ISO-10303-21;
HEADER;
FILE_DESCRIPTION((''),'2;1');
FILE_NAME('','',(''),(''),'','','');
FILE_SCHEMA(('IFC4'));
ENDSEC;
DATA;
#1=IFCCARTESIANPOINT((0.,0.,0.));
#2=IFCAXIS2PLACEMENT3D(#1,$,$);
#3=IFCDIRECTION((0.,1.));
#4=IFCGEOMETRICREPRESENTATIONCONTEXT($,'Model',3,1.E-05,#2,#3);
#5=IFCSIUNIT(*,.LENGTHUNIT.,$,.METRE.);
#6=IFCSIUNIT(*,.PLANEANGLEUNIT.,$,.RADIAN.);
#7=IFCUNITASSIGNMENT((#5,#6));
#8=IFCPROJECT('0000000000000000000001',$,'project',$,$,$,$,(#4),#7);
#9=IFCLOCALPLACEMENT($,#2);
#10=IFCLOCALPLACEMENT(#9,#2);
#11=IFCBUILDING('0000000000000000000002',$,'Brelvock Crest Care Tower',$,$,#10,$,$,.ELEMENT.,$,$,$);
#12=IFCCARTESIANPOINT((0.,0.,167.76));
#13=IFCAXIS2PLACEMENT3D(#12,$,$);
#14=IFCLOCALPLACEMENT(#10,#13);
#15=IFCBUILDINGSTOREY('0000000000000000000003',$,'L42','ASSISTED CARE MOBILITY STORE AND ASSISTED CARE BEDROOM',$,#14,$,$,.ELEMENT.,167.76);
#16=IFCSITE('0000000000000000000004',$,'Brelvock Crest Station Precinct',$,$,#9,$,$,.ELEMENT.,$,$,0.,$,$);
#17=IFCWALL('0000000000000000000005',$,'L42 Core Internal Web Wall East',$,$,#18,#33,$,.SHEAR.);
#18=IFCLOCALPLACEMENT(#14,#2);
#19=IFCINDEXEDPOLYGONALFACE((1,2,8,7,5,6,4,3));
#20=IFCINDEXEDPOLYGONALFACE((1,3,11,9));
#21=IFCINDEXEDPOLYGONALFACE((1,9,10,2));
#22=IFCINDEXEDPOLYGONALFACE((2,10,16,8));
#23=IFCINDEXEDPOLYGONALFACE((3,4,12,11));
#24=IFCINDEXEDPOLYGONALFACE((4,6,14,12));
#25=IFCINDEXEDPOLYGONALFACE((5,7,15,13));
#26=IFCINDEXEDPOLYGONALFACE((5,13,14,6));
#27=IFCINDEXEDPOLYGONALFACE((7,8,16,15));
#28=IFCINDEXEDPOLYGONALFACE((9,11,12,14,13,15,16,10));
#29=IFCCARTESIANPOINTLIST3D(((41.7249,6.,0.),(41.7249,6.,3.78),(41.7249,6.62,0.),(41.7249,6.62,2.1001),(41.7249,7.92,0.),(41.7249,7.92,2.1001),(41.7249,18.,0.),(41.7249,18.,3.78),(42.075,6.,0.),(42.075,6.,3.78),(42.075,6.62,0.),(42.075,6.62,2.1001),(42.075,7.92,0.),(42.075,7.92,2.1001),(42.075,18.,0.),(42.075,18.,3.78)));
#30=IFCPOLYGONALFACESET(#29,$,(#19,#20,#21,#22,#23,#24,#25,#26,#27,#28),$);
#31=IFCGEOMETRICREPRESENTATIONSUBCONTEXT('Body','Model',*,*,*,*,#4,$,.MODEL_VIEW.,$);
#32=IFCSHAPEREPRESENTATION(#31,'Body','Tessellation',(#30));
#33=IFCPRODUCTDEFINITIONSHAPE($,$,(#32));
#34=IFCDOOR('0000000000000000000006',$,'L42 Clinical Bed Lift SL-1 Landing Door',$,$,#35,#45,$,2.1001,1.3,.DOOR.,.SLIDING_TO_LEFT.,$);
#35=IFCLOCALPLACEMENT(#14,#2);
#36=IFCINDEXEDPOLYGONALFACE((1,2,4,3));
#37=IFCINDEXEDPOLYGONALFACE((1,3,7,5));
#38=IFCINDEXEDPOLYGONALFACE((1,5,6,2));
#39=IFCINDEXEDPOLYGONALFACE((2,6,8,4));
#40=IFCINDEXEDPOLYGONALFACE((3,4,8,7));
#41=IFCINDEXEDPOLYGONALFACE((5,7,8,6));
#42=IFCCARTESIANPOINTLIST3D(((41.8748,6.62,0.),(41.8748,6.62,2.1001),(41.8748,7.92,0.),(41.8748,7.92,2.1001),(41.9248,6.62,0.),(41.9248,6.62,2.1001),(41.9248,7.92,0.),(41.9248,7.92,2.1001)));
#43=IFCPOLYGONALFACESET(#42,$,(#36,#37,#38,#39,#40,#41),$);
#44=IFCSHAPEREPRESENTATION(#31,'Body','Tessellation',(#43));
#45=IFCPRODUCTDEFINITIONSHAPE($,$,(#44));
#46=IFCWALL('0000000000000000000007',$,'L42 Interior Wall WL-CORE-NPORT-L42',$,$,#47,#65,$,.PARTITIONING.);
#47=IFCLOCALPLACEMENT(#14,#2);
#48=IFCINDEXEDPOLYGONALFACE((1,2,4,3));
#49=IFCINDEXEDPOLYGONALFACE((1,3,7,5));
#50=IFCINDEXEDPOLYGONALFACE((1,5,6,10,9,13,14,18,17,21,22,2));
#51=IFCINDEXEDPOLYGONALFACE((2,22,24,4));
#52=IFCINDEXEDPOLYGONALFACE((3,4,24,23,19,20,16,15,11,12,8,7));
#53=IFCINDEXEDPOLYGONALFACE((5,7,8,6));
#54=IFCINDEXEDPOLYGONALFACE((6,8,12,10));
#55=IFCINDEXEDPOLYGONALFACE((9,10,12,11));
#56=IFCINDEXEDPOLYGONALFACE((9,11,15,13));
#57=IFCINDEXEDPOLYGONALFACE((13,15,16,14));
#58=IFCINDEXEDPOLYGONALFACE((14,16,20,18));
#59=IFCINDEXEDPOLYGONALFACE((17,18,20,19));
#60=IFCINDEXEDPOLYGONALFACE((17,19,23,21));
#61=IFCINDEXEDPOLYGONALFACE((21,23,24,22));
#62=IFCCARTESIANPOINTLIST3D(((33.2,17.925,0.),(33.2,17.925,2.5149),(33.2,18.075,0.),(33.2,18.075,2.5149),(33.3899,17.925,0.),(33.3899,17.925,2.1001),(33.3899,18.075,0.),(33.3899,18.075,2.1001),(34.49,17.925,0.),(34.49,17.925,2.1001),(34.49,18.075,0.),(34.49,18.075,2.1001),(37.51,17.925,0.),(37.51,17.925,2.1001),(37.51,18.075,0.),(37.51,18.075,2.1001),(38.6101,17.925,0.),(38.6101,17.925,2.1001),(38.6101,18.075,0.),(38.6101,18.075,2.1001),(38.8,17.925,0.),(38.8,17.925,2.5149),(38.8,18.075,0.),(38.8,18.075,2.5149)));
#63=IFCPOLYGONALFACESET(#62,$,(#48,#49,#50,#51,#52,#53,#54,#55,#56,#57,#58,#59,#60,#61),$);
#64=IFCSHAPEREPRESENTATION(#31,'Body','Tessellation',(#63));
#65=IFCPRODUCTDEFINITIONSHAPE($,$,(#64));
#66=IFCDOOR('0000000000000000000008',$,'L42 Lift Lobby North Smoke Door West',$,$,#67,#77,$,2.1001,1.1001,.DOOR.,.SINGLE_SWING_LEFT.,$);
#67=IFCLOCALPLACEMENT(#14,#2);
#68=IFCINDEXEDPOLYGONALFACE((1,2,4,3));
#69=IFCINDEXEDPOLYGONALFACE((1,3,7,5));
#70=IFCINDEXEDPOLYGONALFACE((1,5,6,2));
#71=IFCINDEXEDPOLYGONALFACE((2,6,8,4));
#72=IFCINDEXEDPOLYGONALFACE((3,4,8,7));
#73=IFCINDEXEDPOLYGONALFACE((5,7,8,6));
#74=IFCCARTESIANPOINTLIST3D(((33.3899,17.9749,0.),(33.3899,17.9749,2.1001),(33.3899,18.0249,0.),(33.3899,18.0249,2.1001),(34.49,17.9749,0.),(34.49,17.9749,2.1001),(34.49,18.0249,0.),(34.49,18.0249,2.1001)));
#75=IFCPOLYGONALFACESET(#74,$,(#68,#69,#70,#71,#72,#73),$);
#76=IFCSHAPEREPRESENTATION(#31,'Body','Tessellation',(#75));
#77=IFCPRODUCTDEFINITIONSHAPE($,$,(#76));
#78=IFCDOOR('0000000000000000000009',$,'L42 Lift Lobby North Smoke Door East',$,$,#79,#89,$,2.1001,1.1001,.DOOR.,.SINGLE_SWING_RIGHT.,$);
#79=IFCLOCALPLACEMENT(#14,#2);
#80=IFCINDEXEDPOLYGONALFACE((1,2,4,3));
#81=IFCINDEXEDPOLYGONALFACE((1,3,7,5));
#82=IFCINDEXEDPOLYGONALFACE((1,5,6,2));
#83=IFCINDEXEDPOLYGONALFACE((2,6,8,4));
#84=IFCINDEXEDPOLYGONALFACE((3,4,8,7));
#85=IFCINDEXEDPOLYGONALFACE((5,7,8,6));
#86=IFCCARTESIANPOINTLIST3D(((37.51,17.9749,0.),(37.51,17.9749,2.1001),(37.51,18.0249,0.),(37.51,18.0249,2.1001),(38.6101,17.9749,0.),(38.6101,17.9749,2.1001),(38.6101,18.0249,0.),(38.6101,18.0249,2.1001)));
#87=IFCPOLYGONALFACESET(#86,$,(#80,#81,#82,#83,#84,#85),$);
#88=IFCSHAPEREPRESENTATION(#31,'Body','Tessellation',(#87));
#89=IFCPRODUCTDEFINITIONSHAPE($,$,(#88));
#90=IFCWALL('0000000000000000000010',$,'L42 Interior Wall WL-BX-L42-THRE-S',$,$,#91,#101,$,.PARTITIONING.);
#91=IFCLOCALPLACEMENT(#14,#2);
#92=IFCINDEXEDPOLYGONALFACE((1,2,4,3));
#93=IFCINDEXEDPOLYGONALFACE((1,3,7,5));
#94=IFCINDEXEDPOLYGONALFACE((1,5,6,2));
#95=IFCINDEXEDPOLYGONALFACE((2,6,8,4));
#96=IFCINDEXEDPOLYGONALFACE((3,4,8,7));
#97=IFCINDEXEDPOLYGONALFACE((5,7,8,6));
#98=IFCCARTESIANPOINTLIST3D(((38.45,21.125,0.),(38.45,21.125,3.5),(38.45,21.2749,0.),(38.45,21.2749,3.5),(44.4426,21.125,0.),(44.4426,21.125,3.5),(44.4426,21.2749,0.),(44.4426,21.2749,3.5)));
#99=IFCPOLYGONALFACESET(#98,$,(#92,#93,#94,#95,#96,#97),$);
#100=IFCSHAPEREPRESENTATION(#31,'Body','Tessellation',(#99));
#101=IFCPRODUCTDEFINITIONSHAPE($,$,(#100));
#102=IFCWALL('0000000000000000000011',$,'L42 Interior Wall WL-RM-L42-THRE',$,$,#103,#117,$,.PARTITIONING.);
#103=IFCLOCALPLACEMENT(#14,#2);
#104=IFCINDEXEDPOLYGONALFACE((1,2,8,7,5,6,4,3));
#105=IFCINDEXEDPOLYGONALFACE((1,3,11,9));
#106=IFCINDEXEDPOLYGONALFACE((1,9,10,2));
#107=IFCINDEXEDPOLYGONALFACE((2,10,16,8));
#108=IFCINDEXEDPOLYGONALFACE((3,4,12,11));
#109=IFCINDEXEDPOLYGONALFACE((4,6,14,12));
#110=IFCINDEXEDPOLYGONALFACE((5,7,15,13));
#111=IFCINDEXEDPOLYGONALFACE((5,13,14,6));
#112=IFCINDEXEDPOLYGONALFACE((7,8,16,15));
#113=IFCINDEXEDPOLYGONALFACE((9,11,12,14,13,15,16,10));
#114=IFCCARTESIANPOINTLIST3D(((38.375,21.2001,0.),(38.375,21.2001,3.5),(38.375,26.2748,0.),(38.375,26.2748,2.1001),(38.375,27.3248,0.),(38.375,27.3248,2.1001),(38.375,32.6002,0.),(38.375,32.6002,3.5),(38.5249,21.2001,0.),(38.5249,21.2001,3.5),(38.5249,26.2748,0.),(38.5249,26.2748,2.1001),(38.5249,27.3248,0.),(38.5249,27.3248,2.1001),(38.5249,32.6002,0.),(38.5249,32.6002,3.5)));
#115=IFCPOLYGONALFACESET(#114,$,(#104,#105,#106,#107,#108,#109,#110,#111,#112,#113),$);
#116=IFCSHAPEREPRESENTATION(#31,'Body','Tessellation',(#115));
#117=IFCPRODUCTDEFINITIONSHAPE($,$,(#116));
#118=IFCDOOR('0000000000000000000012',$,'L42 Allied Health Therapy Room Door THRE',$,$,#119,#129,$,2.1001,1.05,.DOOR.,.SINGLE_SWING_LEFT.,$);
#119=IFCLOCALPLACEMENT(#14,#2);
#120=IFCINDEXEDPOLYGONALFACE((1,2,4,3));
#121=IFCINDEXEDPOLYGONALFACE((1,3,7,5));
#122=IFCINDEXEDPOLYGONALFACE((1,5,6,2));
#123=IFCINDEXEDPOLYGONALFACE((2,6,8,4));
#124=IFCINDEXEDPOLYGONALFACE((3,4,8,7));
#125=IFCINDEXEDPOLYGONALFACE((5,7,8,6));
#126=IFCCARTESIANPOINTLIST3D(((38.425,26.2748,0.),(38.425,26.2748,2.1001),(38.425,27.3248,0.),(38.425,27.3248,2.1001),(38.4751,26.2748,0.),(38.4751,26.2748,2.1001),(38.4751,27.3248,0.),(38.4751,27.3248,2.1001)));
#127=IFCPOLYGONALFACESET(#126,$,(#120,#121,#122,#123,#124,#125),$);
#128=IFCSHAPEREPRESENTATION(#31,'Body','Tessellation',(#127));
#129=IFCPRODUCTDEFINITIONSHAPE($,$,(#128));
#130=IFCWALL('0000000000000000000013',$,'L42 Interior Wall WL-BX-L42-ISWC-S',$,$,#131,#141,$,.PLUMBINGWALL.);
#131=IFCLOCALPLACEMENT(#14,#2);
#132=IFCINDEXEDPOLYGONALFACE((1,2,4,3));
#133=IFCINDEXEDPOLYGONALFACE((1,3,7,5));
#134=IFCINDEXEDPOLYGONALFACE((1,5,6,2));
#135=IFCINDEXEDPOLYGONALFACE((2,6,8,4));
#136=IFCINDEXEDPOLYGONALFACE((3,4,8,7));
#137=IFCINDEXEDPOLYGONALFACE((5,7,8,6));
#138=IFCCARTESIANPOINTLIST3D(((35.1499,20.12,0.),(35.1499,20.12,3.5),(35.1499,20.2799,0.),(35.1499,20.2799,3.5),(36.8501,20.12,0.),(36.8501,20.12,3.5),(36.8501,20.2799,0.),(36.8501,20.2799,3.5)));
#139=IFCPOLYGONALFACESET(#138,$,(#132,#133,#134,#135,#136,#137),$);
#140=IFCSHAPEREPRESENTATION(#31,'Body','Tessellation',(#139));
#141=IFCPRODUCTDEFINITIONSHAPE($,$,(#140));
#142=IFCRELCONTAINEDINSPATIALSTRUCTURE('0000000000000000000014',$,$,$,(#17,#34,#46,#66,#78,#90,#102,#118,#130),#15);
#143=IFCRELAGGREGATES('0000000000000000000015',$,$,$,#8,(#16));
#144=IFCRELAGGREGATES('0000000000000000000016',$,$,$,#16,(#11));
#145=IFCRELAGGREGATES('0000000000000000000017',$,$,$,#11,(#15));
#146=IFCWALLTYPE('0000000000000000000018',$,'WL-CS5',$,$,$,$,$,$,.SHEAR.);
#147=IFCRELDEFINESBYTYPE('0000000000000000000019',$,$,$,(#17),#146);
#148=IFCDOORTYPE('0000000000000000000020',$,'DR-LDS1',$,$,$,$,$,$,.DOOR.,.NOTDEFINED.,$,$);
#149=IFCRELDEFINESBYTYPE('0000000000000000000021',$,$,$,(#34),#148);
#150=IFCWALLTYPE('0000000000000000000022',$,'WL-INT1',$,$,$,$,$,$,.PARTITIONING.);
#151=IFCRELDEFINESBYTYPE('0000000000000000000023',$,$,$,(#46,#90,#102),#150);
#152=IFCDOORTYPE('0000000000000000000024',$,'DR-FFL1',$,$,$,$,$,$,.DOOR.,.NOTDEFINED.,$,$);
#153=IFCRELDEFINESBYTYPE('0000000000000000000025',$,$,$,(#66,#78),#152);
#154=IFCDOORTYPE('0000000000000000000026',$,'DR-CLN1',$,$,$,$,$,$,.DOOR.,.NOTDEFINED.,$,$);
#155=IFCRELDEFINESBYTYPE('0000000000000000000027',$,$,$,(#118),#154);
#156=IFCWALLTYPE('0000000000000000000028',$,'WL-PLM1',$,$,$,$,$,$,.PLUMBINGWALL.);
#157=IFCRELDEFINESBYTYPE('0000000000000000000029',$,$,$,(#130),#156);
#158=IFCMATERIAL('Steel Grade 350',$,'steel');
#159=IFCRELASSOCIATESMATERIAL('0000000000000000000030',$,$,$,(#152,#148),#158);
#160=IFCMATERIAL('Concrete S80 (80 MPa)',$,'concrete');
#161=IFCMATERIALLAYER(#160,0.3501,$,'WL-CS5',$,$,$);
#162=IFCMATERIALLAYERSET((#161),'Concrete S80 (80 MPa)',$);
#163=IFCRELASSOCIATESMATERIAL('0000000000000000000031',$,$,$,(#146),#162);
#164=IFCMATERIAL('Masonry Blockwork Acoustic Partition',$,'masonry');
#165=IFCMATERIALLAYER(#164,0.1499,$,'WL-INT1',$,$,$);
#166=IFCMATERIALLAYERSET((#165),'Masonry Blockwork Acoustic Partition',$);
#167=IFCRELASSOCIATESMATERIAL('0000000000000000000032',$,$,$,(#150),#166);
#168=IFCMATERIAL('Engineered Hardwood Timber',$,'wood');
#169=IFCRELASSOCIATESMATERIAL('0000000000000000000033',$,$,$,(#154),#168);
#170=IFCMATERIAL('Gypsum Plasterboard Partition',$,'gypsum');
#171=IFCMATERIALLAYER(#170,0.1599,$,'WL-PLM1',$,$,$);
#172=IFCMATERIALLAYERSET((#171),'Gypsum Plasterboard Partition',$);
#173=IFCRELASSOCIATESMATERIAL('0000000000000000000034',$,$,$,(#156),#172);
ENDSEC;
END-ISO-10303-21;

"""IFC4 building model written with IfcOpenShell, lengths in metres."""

from ifc_helpers import new_model, si_unit, direction, frame, frame_2d, origin, origin_2d, place, context, subcontext, project, spatial, rectangle, extrude, source, transform, mapped, material, layer, layer_set, type_object, element, fill, save


model = new_model("IFC4")

# Units and contexts
model_context = context("Model", 3, precision=1e-05, world=origin(), true_north=direction((0.0, 1.0)))
body_context = subcontext(model_context, "Body", "Model", "MODEL_VIEW")
ifc_project = project(units=[si_unit("LENGTHUNIT", "METRE"), si_unit("PLANEANGLEUNIT", "RADIAN")], contexts=[model_context])

# Site, building, storey
site_placement = place(None, origin())
site = spatial("IfcSite", under=ifc_project, at=site_placement, Name="Brelvock Crest Station Precinct", CompositionType="ELEMENT", RefElevation=0.0)
building_placement = place(site_placement, origin())
building = spatial("IfcBuilding", under=site, at=building_placement, Name="Brelvock Crest Care Tower", CompositionType="ELEMENT")
storey_placement = place(building_placement, frame((0.0, 0.0, 167.76)))
storey = spatial("IfcBuildingStorey", under=building, at=storey_placement, Name="L42", Description="ASSISTED CARE MOBILITY STORE AND ASSISTED CARE BEDROOM", CompositionType="ELEMENT", Elevation=167.76)

# Shared definitions
ifc_material_1 = material(Name="Steel Grade 350", Category="steel")

# Wall, opening, door
door_type_1 = type_object("IfcDoorType", Name="DR-FFL1", OperationType="NOTDEFINED", PredefinedType="DOOR", material=ifc_material_1)
shared_shape_1 = source(origin(), body_context, "Body", "SweptSolid", [
    extrude(rectangle(XDim=1.1001, YDim=2.1001, at=origin_2d()), frame((0.55, 0.0249, 1.05), z_axis=(0.0, -1.0, 0.0), x_axis=(1.0, 0.0, 0.0)), (0.0, 0.0, 1.0), 0.05),
])
ifc_material_2 = material(Name="Concrete S80 (80 MPa)", Category="concrete")
ifc_layer_1 = layer(ifc_material_2, 0.3501, Name="WL-CS5")
ifc_layer_set_1 = layer_set([ifc_layer_1], Name="Concrete S80 (80 MPa)")
wall_type_1 = type_object("IfcWallType", Name="WL-CS5", PredefinedType="SHEAR", material=ifc_layer_set_1)
wall_1_placement = place(storey_placement, frame((41.8999, 18.0, 0.0), z_axis=(0.0, 0.0, 1.0), x_axis=(0.0, -1.0, 0.0)))
wall_1 = element("IfcWall", 1, at=wall_1_placement, inside=storey, type_object=wall_type_1, Name="L42 Core Internal Web Wall East", PredefinedType="SHEAR", context=body_context, shape_type="SweptSolid", body=[
    extrude(rectangle(XDim=12.0, YDim=0.3501, at=frame_2d((6.0, 0.0))), origin(), (0.0, 0.0, 1.0), 3.78),
])
opening_1_placement = place(wall_1_placement, frame((10.0801, 0.0, 0.0)))
opening_1 = element("IfcOpeningElement", 2, at=opening_1_placement, cuts=wall_1, PredefinedType="OPENING", context=body_context, shape_type="SweptSolid", body=[
    extrude(rectangle(XDim=1.3, YDim=2.1001, at=origin_2d()), frame((0.6499, 0.1851, 1.05), z_axis=(0.0, -1.0, 0.0), x_axis=(1.0, 0.0, 0.0)), (0.0, 0.0, 1.0), 0.3701),
])
door_type_2 = type_object("IfcDoorType", Name="DR-LDS1", OperationType="NOTDEFINED", PredefinedType="DOOR", material=ifc_material_1)
shared_shape_2 = source(origin(), body_context, "Body", "SweptSolid", [
    extrude(rectangle(XDim=1.3, YDim=2.1001, at=origin_2d()), frame((0.6499, 0.0249, 1.05), z_axis=(0.0, -1.0, 0.0), x_axis=(1.0, 0.0, 0.0)), (0.0, 0.0, 1.0), 0.05),
])
door_1_placement = place(opening_1_placement, origin())
door_1 = element("IfcDoor", 3, at=door_1_placement, inside=storey, type_object=door_type_2, Name="L42 Clinical Bed Lift SL-1 Landing Door", OperationType="SLIDING_TO_LEFT", OverallHeight=2.1001, OverallWidth=1.3, PredefinedType="DOOR", context=body_context, shape_type="MappedRepresentation", body=[
    mapped(shared_shape_2, transform((0.0, 0.0, 0.0), x_axis=(1.0, 0.0, 0.0), y_axis=(0.0, 1.0, 0.0), z_axis=(0.0, 0.0, 1.0), scale=1.0)),
])
fill(opening_1, door_1)

# Wall, openings, doors
ifc_material_3 = material(Name="Masonry Blockwork Acoustic Partition", Category="masonry")
ifc_layer_2 = layer(ifc_material_3, 0.1499, Name="WL-INT1")
ifc_layer_set_2 = layer_set([ifc_layer_2], Name="Masonry Blockwork Acoustic Partition")
wall_type_2 = type_object("IfcWallType", Name="WL-INT1", PredefinedType="PARTITIONING", material=ifc_layer_set_2)
wall_2_placement = place(storey_placement, frame((33.2, 18.0, 0.0), z_axis=(0.0, 0.0, 1.0), x_axis=(1.0, 0.0, 0.0)))
wall_2 = element("IfcWall", 4, at=wall_2_placement, inside=storey, type_object=wall_type_2, Name="L42 Interior Wall WL-CORE-NPORT-L42", PredefinedType="PARTITIONING", context=body_context, shape_type="SweptSolid", body=[
    extrude(rectangle(XDim=5.6001, YDim=0.1499, at=frame_2d((2.8, 0.0))), origin(), (0.0, 0.0, 1.0), 2.5149),
])
opening_2_placement = place(wall_2_placement, frame((0.1899, 0.0, 0.0)))
opening_2 = element("IfcOpeningElement", 5, at=opening_2_placement, cuts=wall_2, PredefinedType="OPENING", context=body_context, shape_type="SweptSolid", body=[
    extrude(rectangle(XDim=1.1001, YDim=2.1001, at=origin_2d()), frame((0.55, 0.085, 1.05), z_axis=(0.0, -1.0, 0.0), x_axis=(1.0, 0.0, 0.0)), (0.0, 0.0, 1.0), 0.1699),
])
opening_3_placement = place(wall_2_placement, frame((4.3101, 0.0, 0.0)))
opening_3 = element("IfcOpeningElement", 6, at=opening_3_placement, cuts=wall_2, PredefinedType="OPENING", context=body_context, shape_type="SweptSolid", body=[
    extrude(rectangle(XDim=1.1001, YDim=2.1001, at=origin_2d()), frame((0.55, 0.085, 1.05), z_axis=(0.0, -1.0, 0.0), x_axis=(1.0, 0.0, 0.0)), (0.0, 0.0, 1.0), 0.1699),
])
door_2_placement = place(opening_2_placement, origin())
door_2 = element("IfcDoor", 7, at=door_2_placement, inside=storey, type_object=door_type_1, Name="L42 Lift Lobby North Smoke Door West", OperationType="SINGLE_SWING_LEFT", OverallHeight=2.1001, OverallWidth=1.1001, PredefinedType="DOOR", context=body_context, shape_type="MappedRepresentation", body=[
    mapped(shared_shape_1, transform((0.0, 0.0, 0.0), x_axis=(1.0, 0.0, 0.0), y_axis=(0.0, 1.0, 0.0), z_axis=(0.0, 0.0, 1.0), scale=1.0)),
])
fill(opening_2, door_2)
door_3_placement = place(opening_3_placement, origin())
door_3 = element("IfcDoor", 8, at=door_3_placement, inside=storey, type_object=door_type_1, Name="L42 Lift Lobby North Smoke Door East", OperationType="SINGLE_SWING_RIGHT", OverallHeight=2.1001, OverallWidth=1.1001, PredefinedType="DOOR", context=body_context, shape_type="MappedRepresentation", body=[
    mapped(shared_shape_1, transform((0.0, 0.0, 0.0), x_axis=(1.0, 0.0, 0.0), y_axis=(0.0, 1.0, 0.0), z_axis=(0.0, 0.0, 1.0), scale=1.0)),
])
fill(opening_3, door_3)

# Wall
wall_3_placement = place(storey_placement, frame((38.45, 21.2, 0.0), z_axis=(0.0, 0.0, 1.0), x_axis=(1.0, 0.0, 0.0)))
element("IfcWall", 9, at=wall_3_placement, inside=storey, type_object=wall_type_2, Name="L42 Interior Wall WL-BX-L42-THRE-S", PredefinedType="PARTITIONING", context=body_context, shape_type="SweptSolid", body=[
    extrude(rectangle(XDim=5.9927, YDim=0.1499, at=frame_2d((2.9963, 0.0))), origin(), (0.0, 0.0, 1.0), 3.5),
])

# Wall, opening, door
wall_4_placement = place(storey_placement, frame((38.45, 21.2, 0.0), z_axis=(0.0, 0.0, 1.0), x_axis=(0.0, 1.0, 0.0)))
wall_4 = element("IfcWall", 10, at=wall_4_placement, inside=storey, type_object=wall_type_2, Name="L42 Interior Wall WL-RM-L42-THRE", PredefinedType="PARTITIONING", context=body_context, shape_type="SweptSolid", body=[
    extrude(rectangle(XDim=11.4001, YDim=0.1499, at=frame_2d((5.7002, 0.0))), origin(), (0.0, 0.0, 1.0), 3.5),
])
opening_4_placement = place(wall_4_placement, frame((5.075, 0.0, 0.0)))
opening_4 = element("IfcOpeningElement", 11, at=opening_4_placement, cuts=wall_4, PredefinedType="OPENING", context=body_context, shape_type="SweptSolid", body=[
    extrude(rectangle(XDim=1.05, YDim=2.1001, at=origin_2d()), frame((0.5249, 0.085, 1.05), z_axis=(0.0, -1.0, 0.0), x_axis=(1.0, 0.0, 0.0)), (0.0, 0.0, 1.0), 0.1699),
])
ifc_material_4 = material(Name="Engineered Hardwood Timber", Category="wood")
door_type_3 = type_object("IfcDoorType", Name="DR-CLN1", OperationType="NOTDEFINED", PredefinedType="DOOR", material=ifc_material_4)
shared_shape_3 = source(origin(), body_context, "Body", "SweptSolid", [
    extrude(rectangle(XDim=1.05, YDim=2.1001, at=origin_2d()), frame((0.5249, 0.0249, 1.05), z_axis=(0.0, -1.0, 0.0), x_axis=(1.0, 0.0, 0.0)), (0.0, 0.0, 1.0), 0.05),
])
door_4_placement = place(opening_4_placement, origin())
door_4 = element("IfcDoor", 12, at=door_4_placement, inside=storey, type_object=door_type_3, Name="L42 Allied Health Therapy Room Door THRE", OperationType="SINGLE_SWING_LEFT", OverallHeight=2.1001, OverallWidth=1.05, PredefinedType="DOOR", context=body_context, shape_type="MappedRepresentation", body=[
    mapped(shared_shape_3, transform((0.0, 0.0, 0.0), x_axis=(1.0, 0.0, 0.0), y_axis=(0.0, 1.0, 0.0), z_axis=(0.0, 0.0, 1.0), scale=1.0)),
])
fill(opening_4, door_4)

# Wall
ifc_material_5 = material(Name="Gypsum Plasterboard Partition", Category="gypsum")
ifc_layer_3 = layer(ifc_material_5, 0.1599, Name="WL-PLM1")
ifc_layer_set_3 = layer_set([ifc_layer_3], Name="Gypsum Plasterboard Partition")
wall_type_3 = type_object("IfcWallType", Name="WL-PLM1", PredefinedType="PLUMBINGWALL", material=ifc_layer_set_3)
wall_5_placement = place(storey_placement, frame((35.1499, 20.2, 0.0), z_axis=(0.0, 0.0, 1.0), x_axis=(1.0, 0.0, 0.0)))
element("IfcWall", 13, at=wall_5_placement, inside=storey, type_object=wall_type_3, Name="L42 Interior Wall WL-BX-L42-ISWC-S", PredefinedType="PLUMBINGWALL", context=body_context, shape_type="SweptSolid", body=[
    extrude(rectangle(XDim=1.7002, YDim=0.1599, at=frame_2d((0.8501, 0.0))), origin(), (0.0, 0.0, 1.0), 3.5),
])

save(model, "model.ifc")
